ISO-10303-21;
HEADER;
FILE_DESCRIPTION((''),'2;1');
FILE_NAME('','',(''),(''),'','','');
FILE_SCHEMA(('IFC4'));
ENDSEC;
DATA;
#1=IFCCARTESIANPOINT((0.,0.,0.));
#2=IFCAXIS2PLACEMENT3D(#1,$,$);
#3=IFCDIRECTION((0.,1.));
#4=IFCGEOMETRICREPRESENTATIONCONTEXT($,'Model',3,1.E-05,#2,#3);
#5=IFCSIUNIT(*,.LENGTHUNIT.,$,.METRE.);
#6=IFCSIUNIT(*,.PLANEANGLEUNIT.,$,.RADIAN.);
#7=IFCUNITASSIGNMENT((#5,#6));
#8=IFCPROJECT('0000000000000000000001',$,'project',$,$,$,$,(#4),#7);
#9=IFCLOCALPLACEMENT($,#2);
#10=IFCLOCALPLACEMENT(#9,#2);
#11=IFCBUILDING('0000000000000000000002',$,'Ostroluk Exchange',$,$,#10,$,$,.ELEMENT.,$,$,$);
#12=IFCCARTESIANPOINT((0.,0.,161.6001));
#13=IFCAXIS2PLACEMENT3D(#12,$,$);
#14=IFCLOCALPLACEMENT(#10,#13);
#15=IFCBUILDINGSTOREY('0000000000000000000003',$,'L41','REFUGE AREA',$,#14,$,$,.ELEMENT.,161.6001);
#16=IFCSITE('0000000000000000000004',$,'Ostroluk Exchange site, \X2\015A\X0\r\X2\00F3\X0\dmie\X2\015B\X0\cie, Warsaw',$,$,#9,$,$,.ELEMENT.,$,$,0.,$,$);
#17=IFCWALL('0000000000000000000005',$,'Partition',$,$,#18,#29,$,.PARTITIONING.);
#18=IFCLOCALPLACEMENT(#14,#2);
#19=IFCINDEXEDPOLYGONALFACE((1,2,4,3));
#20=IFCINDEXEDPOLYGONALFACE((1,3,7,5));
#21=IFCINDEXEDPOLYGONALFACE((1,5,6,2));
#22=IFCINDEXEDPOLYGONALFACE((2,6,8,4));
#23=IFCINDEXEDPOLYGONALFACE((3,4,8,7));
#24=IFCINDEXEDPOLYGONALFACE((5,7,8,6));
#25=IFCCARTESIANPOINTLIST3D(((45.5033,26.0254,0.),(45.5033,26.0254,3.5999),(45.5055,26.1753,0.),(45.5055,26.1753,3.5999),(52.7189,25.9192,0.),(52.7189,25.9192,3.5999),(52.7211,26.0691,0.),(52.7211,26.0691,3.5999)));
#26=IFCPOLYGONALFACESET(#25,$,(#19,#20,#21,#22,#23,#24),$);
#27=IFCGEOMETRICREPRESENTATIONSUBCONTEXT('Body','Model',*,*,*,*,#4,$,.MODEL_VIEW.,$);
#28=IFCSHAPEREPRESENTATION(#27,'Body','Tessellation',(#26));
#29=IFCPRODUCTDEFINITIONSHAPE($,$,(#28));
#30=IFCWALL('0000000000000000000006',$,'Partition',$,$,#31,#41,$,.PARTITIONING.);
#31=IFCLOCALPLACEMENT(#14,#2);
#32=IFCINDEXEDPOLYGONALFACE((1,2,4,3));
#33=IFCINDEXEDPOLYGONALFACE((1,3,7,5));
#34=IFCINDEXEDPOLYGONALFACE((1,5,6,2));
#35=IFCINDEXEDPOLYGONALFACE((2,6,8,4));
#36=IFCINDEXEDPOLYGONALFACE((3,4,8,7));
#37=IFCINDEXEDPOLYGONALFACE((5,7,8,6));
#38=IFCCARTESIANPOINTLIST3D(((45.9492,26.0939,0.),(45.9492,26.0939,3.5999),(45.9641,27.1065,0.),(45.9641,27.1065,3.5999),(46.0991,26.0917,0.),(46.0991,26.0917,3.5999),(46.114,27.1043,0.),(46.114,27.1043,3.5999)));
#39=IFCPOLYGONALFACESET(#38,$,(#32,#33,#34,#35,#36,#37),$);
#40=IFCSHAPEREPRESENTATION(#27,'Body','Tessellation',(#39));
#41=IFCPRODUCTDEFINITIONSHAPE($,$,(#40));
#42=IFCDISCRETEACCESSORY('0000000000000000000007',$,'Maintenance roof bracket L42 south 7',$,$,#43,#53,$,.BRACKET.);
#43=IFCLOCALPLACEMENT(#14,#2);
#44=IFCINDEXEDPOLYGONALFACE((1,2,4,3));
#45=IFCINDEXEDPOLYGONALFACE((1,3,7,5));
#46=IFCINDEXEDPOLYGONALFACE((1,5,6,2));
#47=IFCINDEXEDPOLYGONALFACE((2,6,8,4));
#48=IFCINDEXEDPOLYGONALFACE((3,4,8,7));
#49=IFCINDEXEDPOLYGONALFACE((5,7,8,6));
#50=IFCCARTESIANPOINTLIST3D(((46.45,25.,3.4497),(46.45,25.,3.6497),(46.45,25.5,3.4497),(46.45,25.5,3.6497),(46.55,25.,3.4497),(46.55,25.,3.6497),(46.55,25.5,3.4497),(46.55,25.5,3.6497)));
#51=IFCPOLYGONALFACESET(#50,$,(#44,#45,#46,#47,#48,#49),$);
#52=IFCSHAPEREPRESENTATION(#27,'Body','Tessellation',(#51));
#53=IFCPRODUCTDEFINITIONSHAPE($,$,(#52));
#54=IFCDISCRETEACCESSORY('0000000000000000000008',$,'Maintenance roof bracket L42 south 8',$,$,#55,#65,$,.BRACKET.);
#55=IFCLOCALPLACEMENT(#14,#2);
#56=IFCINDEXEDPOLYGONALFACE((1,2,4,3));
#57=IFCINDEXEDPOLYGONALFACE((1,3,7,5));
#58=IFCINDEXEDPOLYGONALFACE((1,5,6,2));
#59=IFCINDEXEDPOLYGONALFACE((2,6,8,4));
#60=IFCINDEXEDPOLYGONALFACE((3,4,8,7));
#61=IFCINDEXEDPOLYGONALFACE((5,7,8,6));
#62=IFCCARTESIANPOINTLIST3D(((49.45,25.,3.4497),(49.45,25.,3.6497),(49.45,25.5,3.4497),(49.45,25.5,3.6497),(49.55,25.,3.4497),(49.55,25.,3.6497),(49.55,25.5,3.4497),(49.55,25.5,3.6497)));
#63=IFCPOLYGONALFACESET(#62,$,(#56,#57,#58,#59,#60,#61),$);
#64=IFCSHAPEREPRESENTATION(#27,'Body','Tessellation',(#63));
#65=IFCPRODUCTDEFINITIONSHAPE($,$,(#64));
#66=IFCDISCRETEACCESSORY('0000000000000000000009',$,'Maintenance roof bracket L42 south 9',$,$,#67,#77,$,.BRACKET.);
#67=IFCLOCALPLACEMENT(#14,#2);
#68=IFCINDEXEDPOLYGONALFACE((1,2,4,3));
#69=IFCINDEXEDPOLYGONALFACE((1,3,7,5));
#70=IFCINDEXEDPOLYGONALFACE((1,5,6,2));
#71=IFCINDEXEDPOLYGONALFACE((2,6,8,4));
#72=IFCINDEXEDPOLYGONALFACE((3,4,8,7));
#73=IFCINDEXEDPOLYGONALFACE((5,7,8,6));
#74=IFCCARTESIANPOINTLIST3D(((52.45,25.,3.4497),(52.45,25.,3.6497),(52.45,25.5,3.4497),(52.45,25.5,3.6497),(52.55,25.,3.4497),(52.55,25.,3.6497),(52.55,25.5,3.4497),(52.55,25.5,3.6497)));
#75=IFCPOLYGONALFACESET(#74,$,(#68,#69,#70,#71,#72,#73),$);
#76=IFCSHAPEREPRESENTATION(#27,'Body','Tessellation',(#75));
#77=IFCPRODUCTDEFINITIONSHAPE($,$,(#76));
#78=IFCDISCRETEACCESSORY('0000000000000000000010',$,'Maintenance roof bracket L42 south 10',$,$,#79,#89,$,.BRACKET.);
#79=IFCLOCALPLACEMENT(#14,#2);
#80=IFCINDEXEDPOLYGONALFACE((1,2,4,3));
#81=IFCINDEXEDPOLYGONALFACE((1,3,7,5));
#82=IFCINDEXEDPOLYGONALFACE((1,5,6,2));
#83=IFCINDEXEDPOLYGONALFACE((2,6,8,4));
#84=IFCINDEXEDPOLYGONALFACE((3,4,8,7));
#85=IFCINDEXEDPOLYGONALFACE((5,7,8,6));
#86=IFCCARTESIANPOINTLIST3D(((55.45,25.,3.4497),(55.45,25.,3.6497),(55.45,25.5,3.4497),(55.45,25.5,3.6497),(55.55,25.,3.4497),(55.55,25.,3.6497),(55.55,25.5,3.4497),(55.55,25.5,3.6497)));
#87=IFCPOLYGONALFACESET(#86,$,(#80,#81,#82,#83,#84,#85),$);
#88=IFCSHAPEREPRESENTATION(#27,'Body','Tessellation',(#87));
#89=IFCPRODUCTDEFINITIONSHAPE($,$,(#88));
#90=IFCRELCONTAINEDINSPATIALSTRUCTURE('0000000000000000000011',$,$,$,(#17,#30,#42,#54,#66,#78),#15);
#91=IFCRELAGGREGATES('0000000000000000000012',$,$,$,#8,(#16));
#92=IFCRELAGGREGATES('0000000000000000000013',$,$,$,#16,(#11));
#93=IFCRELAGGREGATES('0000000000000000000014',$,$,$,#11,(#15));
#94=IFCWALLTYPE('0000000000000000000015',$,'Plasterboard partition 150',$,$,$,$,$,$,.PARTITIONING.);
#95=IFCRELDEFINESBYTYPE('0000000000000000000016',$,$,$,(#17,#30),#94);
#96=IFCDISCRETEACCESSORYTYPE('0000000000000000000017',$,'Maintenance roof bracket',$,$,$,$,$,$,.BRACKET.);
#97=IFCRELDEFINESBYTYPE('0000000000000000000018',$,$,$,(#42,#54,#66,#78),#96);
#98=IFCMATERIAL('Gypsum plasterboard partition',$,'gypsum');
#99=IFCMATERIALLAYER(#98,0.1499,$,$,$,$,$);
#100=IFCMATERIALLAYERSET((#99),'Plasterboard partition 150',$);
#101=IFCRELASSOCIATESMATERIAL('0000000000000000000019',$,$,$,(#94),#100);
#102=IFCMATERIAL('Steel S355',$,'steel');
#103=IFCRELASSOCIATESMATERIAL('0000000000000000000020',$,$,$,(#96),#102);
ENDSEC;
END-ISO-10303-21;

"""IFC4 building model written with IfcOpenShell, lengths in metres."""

from ifc_helpers import new_model, si_unit, direction, frame, frame_2d, origin, origin_2d, place, context, subcontext, project, spatial, rectangle, extrude, material, layer, layer_set, type_object, element, save


model = new_model("IFC4")

# Units and contexts
model_context = context("Model", 3, precision=1e-05, world=origin(), true_north=direction((0.0, 1.0)))
body_context = subcontext(model_context, "Body", "Model", "MODEL_VIEW")
ifc_project = project(units=[si_unit("LENGTHUNIT", "METRE"), si_unit("PLANEANGLEUNIT", "RADIAN")], contexts=[model_context])

# Site, building, storey
site_placement = place(None, origin())
site = spatial("IfcSite", under=ifc_project, at=site_placement, Name="Ostroluk Exchange site, Śródmieście, Warsaw", CompositionType="ELEMENT", RefElevation=0.0)
building_placement = place(site_placement, origin())
building = spatial("IfcBuilding", under=site, at=building_placement, Name="Ostroluk Exchange", CompositionType="ELEMENT")
storey_placement = place(building_placement, frame((0.0, 0.0, 161.6001)))
storey = spatial("IfcBuildingStorey", under=building, at=storey_placement, Name="L41", Description="REFUGE AREA", CompositionType="ELEMENT", Elevation=161.6001)

# Walls
ifc_material_1 = material(Name="Gypsum plasterboard partition", Category="gypsum")
ifc_layer_1 = layer(ifc_material_1, 0.1499)
ifc_layer_set_1 = layer_set([ifc_layer_1], Name="Plasterboard partition 150")
wall_type = type_object("IfcWallType", Name="Plasterboard partition 150", PredefinedType="PARTITIONING", material=ifc_layer_set_1)
wall_1_placement = place(storey_placement, frame((52.72, 25.9941, 0.0), z_axis=(0.0, 0.0, 1.0), x_axis=(-0.999892, 0.014717, 0.0)))
element("IfcWall", 1, at=wall_1_placement, inside=storey, type_object=wall_type, Name="Partition", PredefinedType="PARTITIONING", context=body_context, shape_type="SweptSolid", body=[
    extrude(rectangle(XDim=7.2163, YDim=0.1499, at=frame_2d((3.6082, 0.0))), origin(), (0.0, 0.0, 1.0), 3.5999),
])
wall_2_placement = place(storey_placement, frame((46.0242, 26.0928, 0.0), z_axis=(0.0, 0.0, 1.0), x_axis=(0.014704, 0.999892, 0.0)))
element("IfcWall", 2, at=wall_2_placement, inside=storey, type_object=wall_type, Name="Partition", PredefinedType="PARTITIONING", context=body_context, shape_type="SweptSolid", body=[
    extrude(rectangle(XDim=1.0127, YDim=0.1499, at=frame_2d((0.5063, 0.0))), origin(), (0.0, 0.0, 1.0), 3.5999),
])

# Discrete accessories
ifc_material_2 = material(Name="Steel S355", Category="steel")
discrete_accessory_type = type_object("IfcDiscreteAccessoryType", Name="Maintenance roof bracket", PredefinedType="BRACKET", material=ifc_material_2)
for number, where, z_axis, x_axis, name in (
    (3, (46.5, 25.25, 3.4497), (0.0, 0.0, 1.0), (1.0, 0.0, 0.0), "Maintenance roof bracket L42 south 7"),
    (4, (49.5, 25.25, 3.4497), (0.0, 0.0, 1.0), (1.0, 0.0, 0.0), "Maintenance roof bracket L42 south 8"),
    (5, (52.5, 25.25, 3.4497), (0.0, 0.0, 1.0), (1.0, 0.0, 0.0), "Maintenance roof bracket L42 south 9"),
    (6, (55.5, 25.25, 3.4497), (0.0, 0.0, 1.0), (1.0, 0.0, 0.0), "Maintenance roof bracket L42 south 10"),
):
    element("IfcDiscreteAccessory", number, at=place(storey_placement, frame(where, z_axis=z_axis, x_axis=x_axis)), inside=storey, type_object=discrete_accessory_type, Name=name, PredefinedType="BRACKET", context=body_context, shape_type="SweptSolid", body=[
        extrude(rectangle(XDim=0.1001, YDim=0.5, at=origin_2d()), origin(), (0.0, 0.0, 1.0), 0.2),
    ])

save(model, "model.ifc")
